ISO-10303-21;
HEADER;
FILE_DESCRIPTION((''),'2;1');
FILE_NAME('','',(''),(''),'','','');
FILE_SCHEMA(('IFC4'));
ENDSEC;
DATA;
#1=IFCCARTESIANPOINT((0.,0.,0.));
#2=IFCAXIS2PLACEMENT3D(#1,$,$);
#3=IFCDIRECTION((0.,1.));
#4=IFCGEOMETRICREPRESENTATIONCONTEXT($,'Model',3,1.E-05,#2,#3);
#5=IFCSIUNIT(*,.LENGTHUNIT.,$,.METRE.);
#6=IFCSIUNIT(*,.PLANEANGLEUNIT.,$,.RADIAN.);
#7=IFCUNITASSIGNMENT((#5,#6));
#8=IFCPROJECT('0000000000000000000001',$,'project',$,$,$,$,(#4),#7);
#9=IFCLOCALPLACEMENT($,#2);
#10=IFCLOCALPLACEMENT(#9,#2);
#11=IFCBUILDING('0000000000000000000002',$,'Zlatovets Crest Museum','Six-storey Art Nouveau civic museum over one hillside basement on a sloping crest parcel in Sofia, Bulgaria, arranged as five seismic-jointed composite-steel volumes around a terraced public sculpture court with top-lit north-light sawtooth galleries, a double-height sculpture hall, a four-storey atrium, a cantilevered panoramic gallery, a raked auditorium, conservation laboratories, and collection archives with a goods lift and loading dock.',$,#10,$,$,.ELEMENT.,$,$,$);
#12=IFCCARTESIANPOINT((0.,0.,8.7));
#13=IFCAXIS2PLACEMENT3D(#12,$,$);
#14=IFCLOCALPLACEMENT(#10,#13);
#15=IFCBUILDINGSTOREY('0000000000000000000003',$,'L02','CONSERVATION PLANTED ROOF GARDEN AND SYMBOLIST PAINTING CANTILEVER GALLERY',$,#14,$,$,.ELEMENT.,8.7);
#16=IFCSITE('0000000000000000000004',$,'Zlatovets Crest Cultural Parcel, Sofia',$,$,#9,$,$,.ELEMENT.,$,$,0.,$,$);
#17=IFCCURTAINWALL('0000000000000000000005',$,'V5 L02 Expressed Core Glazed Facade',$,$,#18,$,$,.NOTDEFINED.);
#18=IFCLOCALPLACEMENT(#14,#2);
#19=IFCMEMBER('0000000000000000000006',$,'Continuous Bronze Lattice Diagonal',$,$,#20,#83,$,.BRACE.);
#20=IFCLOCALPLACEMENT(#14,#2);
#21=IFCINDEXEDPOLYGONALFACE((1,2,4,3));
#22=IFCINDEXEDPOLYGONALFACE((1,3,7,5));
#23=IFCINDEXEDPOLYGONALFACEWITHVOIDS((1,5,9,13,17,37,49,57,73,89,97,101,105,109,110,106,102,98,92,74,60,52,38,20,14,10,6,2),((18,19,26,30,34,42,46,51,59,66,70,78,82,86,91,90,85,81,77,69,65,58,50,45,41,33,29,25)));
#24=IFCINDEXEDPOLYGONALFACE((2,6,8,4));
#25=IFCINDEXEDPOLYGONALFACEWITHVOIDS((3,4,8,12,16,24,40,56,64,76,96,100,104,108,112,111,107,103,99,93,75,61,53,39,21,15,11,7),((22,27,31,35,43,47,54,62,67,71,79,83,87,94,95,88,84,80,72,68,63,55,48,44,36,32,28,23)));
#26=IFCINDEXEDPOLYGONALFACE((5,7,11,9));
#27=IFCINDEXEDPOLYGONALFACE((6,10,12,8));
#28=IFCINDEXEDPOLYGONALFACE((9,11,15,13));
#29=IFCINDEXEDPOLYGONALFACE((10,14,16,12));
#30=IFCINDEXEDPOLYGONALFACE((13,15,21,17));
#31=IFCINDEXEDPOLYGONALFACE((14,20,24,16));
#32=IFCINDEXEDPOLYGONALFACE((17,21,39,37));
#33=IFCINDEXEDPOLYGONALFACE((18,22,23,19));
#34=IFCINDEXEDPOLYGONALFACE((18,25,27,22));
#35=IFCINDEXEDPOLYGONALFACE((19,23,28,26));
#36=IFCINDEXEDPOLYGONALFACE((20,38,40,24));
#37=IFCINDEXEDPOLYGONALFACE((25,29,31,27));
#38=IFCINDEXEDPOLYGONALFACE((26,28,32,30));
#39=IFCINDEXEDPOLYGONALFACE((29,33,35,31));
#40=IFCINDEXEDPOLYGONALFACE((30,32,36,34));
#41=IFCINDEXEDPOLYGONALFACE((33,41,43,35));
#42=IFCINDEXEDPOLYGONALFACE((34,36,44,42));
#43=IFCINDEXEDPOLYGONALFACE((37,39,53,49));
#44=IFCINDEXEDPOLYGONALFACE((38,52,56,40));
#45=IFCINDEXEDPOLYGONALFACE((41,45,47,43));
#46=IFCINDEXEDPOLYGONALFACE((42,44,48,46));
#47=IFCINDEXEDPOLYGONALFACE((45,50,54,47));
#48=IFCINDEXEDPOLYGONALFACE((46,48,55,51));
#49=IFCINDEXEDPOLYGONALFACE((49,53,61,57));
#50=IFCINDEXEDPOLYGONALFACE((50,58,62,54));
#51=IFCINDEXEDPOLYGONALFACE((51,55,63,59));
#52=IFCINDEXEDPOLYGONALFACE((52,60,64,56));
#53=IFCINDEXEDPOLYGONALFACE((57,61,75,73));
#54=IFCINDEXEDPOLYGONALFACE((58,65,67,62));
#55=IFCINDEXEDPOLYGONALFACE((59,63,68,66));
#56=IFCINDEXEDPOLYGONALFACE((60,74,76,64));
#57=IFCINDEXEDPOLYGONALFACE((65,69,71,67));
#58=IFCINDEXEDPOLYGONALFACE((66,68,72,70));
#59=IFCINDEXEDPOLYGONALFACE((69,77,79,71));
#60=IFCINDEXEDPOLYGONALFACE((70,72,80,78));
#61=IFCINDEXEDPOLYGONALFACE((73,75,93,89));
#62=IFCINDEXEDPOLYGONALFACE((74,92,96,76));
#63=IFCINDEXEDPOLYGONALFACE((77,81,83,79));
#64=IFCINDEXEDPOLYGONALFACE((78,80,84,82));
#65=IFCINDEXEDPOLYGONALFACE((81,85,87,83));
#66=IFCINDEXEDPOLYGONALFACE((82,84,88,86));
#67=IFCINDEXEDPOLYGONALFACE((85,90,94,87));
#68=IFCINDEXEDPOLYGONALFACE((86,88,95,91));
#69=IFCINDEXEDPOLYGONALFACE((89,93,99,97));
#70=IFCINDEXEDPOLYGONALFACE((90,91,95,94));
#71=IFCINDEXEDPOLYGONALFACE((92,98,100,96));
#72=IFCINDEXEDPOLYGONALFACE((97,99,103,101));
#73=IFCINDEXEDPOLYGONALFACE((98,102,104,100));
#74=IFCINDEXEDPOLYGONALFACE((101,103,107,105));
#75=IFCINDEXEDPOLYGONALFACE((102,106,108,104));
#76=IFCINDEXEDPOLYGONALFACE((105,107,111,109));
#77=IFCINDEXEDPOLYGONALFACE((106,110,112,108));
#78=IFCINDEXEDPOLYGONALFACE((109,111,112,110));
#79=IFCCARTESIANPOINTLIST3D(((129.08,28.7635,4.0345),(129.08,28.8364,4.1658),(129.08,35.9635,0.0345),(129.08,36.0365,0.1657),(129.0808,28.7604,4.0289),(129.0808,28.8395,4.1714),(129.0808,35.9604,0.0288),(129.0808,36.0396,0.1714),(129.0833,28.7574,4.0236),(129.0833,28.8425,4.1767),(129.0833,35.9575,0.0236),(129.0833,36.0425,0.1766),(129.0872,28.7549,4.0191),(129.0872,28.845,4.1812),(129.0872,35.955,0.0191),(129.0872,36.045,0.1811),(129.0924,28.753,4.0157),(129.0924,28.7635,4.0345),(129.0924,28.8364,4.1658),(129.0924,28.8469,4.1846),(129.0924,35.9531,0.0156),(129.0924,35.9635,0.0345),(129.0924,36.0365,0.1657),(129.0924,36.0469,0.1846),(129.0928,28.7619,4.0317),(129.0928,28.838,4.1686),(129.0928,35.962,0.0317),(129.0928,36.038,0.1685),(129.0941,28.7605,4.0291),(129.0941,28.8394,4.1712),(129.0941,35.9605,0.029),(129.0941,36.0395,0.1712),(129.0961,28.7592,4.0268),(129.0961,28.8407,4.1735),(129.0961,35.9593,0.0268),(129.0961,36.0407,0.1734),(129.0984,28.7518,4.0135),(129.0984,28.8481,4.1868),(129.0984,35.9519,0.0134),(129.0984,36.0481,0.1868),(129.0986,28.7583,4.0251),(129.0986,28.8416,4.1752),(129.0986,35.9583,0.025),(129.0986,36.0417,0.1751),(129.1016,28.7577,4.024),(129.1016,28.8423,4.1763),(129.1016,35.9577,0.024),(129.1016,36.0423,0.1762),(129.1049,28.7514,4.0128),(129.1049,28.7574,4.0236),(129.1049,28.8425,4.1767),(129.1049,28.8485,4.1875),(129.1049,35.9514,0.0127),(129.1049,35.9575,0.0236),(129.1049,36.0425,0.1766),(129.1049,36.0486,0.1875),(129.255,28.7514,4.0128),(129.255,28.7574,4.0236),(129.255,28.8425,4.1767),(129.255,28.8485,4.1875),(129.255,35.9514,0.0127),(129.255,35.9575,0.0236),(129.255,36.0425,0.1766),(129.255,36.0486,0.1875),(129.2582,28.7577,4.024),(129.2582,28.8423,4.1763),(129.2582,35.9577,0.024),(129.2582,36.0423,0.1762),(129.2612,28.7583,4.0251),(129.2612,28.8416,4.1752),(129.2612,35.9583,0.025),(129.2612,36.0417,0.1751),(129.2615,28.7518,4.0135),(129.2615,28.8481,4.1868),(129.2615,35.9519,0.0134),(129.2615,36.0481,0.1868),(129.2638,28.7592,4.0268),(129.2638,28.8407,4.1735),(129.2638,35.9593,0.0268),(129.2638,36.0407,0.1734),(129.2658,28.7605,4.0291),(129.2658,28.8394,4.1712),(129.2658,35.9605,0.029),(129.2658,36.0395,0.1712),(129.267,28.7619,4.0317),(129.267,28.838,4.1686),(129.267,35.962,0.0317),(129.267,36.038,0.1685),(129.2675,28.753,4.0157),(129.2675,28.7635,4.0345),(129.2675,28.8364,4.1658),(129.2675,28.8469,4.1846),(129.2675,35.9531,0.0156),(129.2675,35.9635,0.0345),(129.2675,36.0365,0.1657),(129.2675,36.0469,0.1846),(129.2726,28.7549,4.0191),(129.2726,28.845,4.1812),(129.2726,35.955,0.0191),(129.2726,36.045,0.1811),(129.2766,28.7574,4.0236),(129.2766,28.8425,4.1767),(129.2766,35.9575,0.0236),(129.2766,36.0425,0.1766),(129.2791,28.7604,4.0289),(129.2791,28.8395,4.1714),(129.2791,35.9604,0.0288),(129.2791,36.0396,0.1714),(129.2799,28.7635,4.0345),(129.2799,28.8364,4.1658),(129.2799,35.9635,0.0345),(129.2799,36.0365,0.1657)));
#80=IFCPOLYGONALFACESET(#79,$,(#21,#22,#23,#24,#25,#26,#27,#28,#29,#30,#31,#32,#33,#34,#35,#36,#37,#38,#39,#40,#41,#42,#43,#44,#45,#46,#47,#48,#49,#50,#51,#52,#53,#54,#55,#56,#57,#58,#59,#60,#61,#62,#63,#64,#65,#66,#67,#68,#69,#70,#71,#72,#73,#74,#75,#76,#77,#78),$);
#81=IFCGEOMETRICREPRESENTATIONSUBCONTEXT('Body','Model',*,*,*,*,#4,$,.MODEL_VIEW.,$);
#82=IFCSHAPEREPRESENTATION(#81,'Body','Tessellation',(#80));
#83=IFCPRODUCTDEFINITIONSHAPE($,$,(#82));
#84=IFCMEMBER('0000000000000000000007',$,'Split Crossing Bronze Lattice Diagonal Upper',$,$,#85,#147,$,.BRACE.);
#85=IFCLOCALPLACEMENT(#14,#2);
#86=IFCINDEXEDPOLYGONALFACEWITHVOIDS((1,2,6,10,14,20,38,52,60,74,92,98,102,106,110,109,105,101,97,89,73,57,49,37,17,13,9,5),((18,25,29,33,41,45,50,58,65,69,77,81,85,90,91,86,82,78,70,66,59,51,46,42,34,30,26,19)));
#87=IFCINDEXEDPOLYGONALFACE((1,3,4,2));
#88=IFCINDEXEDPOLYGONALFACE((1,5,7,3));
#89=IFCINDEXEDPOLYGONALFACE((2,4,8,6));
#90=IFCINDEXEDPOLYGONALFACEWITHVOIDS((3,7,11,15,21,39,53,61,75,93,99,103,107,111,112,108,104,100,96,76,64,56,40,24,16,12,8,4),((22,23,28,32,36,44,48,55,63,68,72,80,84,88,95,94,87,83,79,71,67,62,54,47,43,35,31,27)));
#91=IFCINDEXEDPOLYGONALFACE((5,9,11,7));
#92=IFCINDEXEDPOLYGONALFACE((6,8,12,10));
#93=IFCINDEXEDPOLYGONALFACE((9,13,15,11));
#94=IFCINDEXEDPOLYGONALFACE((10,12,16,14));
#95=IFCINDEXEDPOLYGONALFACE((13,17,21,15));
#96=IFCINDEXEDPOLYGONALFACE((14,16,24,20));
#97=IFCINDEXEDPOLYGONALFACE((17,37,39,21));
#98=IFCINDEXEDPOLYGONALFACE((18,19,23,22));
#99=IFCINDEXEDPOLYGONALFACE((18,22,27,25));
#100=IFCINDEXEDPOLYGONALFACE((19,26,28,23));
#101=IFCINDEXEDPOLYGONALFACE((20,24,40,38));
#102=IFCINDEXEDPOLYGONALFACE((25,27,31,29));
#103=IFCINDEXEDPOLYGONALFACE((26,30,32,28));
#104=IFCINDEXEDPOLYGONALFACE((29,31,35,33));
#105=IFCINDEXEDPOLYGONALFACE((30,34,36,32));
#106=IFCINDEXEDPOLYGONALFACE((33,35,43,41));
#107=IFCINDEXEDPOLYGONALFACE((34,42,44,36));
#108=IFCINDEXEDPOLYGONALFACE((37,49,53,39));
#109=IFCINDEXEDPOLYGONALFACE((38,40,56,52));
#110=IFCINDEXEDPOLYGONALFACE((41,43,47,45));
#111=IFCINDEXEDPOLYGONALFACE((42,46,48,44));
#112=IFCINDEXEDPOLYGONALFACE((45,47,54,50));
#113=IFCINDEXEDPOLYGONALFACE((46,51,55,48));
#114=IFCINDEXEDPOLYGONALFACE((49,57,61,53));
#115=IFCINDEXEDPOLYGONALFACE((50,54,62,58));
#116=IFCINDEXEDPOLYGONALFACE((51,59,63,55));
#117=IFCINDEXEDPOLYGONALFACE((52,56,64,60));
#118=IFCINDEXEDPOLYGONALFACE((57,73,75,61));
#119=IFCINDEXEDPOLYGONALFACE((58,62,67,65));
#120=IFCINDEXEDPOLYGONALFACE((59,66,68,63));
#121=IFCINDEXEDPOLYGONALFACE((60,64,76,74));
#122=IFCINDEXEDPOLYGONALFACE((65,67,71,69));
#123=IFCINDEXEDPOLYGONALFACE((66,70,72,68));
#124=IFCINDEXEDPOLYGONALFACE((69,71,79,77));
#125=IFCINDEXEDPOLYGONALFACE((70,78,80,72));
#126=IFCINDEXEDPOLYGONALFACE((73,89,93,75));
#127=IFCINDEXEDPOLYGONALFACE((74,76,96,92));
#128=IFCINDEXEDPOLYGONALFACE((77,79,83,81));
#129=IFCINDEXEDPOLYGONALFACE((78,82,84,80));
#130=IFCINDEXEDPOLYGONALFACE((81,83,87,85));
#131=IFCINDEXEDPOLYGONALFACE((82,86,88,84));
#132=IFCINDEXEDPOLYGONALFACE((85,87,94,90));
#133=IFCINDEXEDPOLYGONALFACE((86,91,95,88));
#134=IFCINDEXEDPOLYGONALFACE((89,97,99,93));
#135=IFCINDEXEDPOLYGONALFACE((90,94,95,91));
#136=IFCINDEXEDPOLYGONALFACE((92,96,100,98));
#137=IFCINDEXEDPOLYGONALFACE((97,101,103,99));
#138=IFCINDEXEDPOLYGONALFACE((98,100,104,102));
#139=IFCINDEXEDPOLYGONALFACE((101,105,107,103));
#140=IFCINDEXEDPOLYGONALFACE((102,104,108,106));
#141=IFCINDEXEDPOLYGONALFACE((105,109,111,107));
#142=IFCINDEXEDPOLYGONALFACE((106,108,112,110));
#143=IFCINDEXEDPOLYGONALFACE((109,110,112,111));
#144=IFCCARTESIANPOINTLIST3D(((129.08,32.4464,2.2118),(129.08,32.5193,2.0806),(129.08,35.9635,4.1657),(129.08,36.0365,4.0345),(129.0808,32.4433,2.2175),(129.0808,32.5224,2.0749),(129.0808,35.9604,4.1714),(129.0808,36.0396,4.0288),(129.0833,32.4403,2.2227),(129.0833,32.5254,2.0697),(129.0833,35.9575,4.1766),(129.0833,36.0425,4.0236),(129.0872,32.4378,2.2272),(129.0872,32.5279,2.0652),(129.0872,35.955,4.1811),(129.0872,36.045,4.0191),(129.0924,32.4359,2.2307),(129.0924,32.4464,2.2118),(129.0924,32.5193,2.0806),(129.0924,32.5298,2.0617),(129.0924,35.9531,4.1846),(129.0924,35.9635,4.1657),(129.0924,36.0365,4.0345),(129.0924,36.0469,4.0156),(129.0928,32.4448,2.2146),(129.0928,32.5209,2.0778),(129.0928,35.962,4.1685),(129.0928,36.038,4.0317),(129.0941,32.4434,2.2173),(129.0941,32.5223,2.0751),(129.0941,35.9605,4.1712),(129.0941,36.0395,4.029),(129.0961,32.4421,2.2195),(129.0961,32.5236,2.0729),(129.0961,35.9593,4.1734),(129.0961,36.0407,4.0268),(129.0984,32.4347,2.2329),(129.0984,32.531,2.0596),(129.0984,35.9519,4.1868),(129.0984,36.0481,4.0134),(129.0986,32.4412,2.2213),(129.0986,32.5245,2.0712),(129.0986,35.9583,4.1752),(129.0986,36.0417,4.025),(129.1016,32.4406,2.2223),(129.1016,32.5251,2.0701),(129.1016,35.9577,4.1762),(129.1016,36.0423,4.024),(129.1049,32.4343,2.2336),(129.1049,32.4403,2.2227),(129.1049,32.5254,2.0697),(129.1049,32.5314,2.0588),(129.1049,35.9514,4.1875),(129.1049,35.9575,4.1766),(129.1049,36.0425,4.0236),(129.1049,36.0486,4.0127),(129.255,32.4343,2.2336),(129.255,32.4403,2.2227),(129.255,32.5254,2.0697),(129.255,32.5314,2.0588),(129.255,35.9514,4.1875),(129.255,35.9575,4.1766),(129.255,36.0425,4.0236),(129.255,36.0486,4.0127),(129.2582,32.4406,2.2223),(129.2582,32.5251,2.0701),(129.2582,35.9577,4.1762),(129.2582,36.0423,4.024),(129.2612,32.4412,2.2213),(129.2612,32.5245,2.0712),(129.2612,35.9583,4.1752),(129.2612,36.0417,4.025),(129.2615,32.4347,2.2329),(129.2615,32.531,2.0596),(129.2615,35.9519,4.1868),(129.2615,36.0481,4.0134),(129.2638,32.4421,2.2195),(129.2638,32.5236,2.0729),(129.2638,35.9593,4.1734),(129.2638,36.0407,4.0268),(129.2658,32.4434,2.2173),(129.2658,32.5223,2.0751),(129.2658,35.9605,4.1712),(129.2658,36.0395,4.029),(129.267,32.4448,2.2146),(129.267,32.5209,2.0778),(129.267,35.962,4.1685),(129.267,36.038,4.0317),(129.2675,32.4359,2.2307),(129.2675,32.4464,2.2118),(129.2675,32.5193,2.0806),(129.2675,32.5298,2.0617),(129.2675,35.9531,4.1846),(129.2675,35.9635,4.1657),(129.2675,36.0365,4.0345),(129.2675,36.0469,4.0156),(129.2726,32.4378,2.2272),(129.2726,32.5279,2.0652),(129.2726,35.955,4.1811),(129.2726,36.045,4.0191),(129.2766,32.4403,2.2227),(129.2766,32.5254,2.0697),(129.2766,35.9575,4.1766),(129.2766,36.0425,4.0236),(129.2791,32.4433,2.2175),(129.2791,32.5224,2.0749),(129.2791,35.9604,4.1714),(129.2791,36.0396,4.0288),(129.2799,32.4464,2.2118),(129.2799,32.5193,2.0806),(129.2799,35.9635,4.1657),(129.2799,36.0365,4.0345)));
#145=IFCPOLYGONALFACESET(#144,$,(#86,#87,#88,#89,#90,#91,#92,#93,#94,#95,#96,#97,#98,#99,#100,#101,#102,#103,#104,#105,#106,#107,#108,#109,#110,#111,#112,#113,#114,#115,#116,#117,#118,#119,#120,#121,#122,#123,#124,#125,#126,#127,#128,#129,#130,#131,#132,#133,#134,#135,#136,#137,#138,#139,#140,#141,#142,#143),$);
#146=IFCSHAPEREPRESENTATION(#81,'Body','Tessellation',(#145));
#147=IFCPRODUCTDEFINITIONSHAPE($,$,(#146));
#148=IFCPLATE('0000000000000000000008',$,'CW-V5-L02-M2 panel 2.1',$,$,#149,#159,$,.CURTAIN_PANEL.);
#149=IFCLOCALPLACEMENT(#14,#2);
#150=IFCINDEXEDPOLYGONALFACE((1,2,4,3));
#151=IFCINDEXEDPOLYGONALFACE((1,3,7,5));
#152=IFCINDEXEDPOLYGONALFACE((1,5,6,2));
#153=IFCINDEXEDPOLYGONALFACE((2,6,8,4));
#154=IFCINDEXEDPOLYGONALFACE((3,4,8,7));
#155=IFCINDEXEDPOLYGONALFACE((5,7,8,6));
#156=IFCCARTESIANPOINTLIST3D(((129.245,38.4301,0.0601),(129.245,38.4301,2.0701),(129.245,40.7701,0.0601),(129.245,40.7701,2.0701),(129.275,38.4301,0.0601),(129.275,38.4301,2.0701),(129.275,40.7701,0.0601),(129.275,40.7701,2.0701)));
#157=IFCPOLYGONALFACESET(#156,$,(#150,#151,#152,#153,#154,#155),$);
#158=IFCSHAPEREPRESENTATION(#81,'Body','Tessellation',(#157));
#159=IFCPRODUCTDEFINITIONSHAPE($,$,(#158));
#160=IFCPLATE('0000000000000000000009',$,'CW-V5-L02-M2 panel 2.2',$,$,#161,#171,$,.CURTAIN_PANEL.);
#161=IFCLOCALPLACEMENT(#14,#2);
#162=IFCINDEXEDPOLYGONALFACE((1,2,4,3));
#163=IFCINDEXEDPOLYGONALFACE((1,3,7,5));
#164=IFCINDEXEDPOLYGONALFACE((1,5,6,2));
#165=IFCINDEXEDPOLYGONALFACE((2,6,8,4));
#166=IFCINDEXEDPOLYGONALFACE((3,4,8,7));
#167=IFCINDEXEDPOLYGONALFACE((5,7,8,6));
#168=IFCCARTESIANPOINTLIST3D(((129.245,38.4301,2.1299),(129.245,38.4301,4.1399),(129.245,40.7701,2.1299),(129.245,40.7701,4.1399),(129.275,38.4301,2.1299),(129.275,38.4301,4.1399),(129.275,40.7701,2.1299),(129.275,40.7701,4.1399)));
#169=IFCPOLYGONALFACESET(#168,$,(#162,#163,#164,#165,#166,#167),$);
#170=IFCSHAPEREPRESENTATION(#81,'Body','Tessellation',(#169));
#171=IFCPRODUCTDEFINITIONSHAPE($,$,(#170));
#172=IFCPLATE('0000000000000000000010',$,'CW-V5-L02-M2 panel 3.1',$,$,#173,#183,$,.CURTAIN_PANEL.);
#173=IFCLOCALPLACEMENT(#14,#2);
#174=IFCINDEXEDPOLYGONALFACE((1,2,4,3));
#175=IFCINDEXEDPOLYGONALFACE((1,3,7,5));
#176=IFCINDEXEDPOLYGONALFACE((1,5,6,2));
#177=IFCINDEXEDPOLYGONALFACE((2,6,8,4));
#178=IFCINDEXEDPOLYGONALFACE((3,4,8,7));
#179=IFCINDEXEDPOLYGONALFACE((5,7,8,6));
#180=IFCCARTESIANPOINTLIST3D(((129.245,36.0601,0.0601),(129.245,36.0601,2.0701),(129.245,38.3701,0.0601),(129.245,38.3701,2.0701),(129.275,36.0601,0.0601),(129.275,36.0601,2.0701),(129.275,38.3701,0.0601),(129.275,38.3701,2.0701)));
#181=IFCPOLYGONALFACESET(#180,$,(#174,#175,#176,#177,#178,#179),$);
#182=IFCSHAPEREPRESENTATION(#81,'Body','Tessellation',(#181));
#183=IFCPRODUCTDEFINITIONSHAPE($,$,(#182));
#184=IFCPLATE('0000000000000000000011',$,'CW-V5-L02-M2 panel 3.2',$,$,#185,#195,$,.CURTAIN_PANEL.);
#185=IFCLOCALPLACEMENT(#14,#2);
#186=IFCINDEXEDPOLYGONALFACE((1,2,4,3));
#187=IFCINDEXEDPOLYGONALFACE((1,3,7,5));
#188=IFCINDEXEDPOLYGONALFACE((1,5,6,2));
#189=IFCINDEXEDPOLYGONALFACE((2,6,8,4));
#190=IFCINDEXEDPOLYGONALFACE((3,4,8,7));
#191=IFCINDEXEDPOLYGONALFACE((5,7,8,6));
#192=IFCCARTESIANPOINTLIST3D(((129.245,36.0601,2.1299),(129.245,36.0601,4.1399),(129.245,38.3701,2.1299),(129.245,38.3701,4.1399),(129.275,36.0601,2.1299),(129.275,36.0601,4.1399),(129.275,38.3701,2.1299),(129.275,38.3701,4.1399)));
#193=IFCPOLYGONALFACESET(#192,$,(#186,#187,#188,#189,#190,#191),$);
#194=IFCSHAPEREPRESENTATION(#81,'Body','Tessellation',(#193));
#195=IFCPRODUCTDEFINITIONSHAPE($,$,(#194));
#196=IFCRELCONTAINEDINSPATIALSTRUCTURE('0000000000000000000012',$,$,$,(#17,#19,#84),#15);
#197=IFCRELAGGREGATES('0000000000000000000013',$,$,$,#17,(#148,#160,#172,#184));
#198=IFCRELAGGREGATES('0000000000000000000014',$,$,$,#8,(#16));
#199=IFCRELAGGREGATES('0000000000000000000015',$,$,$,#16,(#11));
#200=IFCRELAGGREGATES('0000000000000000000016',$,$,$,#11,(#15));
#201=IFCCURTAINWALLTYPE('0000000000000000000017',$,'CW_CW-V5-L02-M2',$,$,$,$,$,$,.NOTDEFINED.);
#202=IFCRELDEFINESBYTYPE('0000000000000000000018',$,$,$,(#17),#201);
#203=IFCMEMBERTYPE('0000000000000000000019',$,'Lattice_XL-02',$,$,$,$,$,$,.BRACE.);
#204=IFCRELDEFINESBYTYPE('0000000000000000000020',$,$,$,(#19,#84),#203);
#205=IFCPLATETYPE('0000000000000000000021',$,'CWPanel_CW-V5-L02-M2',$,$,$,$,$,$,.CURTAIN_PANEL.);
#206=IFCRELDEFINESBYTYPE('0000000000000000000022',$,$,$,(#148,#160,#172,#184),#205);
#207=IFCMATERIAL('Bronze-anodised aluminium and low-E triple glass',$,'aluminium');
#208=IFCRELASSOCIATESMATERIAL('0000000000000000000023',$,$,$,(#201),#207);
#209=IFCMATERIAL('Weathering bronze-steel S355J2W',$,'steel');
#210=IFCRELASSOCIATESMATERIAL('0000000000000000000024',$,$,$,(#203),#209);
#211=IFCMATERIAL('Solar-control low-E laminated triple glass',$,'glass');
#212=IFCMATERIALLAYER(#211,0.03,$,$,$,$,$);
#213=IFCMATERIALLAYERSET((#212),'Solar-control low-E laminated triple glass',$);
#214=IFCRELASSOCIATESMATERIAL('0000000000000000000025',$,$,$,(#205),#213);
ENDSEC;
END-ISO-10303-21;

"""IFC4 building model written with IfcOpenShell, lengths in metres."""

from ifc_helpers import new_model, si_unit, direction, frame, origin, origin_2d, place, context, subcontext, project, spatial, rectangle, hollow_rectangle, extrude, material, layer, layer_set, material_profile, profile_set, type_object, element, aggregate, save


model = new_model("IFC4")

# Units and contexts
model_context = context("Model", 3, precision=1e-05, world=origin(), true_north=direction((0.0, 1.0)))
body_context = subcontext(model_context, "Body", "Model", "MODEL_VIEW")
ifc_project = project(units=[si_unit("LENGTHUNIT", "METRE"), si_unit("PLANEANGLEUNIT", "RADIAN")], contexts=[model_context])

# Site, building, storey
site_placement = place(None, origin())
site = spatial("IfcSite", under=ifc_project, at=site_placement, Name="Zlatovets Crest Cultural Parcel, Sofia", CompositionType="ELEMENT", RefElevation=0.0)
building_placement = place(site_placement, origin())
building = spatial("IfcBuilding", under=site, at=building_placement, Name="Zlatovets Crest Museum", Description="Six-storey Art Nouveau civic museum over one hillside basement on a sloping crest parcel in Sofia, Bulgaria, arranged as five seismic-jointed composite-steel volumes around a terraced public sculpture court with top-lit north-light sawtooth galleries, a double-height sculpture hall, a four-storey atrium, a cantilevered panoramic gallery, a raked auditorium, conservation laboratories, and collection archives with a goods lift and loading dock.", CompositionType="ELEMENT")
storey_placement = place(building_placement, frame((0.0, 0.0, 8.7)))
storey = spatial("IfcBuildingStorey", under=building, at=storey_placement, Name="L02", Description="CONSERVATION PLANTED ROOF GARDEN AND SYMBOLIST PAINTING CANTILEVER GALLERY", CompositionType="ELEMENT", Elevation=8.7)

# Curtain wall
ifc_material_1 = material(Name="Bronze-anodised aluminium and low-E triple glass", Category="aluminium")
curtain_wall_type = type_object("IfcCurtainWallType", Name="CW_CW-V5-L02-M2", PredefinedType="NOTDEFINED", material=ifc_material_1)
curtain_wall_placement = place(storey_placement, origin())
curtain_wall = element("IfcCurtainWall", 1, at=curtain_wall_placement, inside=storey, type_object=curtain_wall_type, Name="V5 L02 Expressed Core Glazed Facade", PredefinedType="NOTDEFINED")

# Members
ifc_material_2 = material(Name="Weathering bronze-steel S355J2W", Category="steel")
ifc_material_profile_1 = material_profile(ifc_material_2, hollow_rectangle(XDim=0.2, YDim=0.2, WallThickness=0.0125, InnerFilletRadius=0.0125, OuterFilletRadius=0.0249, at=origin_2d()), Name="SHS 200x200x12.5")
ifc_profile_set_1 = profile_set([ifc_material_profile_1], Name="Weathering bronze-steel S355J2W")
member_type_1 = type_object("IfcMemberType", Name="Lattice_XL-02", PredefinedType="BRACE", material=ifc_profile_set_1)
member_1_placement = place(storey_placement, frame((129.1799, 36.0, 0.1001), z_axis=(0.0, -0.874156, 0.485645), x_axis=(1.0, 0.0, 0.0)))
element("IfcMember", 2, at=member_1_placement, inside=storey, type_object=member_type_1, Name="Continuous Bronze Lattice Diagonal", PredefinedType="BRACE", context=body_context, shape_type="SweptSolid", body=[
    extrude(hollow_rectangle(XDim=0.2, YDim=0.2, WallThickness=0.0125, InnerFilletRadius=0.0125, OuterFilletRadius=0.0249, at=origin_2d()), origin(), (0.0, 0.0, 1.0), 8.2366),
])
member_2_placement = place(storey_placement, frame((129.1799, 36.0, 4.1001), z_axis=(0.0, -0.874166, -0.485627), x_axis=(1.0, 0.0, 0.0)))
element("IfcMember", 3, at=member_2_placement, inside=storey, type_object=member_type_1, Name="Split Crossing Bronze Lattice Diagonal Upper", PredefinedType="BRACE", context=body_context, shape_type="SweptSolid", body=[
    extrude(hollow_rectangle(XDim=0.2, YDim=0.2, WallThickness=0.0125, InnerFilletRadius=0.0125, OuterFilletRadius=0.0249, at=origin_2d()), origin(), (0.0, 0.0, 1.0), 4.0234),
])

# Plates
ifc_material_3 = material(Name="Solar-control low-E laminated triple glass", Category="glass")
ifc_layer_1 = layer(ifc_material_3, 0.03)
ifc_layer_set_1 = layer_set([ifc_layer_1], Name="Solar-control low-E laminated triple glass")
plate_type_1 = type_object("IfcPlateType", Name="CWPanel_CW-V5-L02-M2", PredefinedType="CURTAIN_PANEL", material=ifc_layer_set_1)
plate_1_placement = place(storey_placement, frame((129.26, 39.6001, 0.0601), z_axis=(0.0, 0.0, 1.0), x_axis=(0.0, -1.0, 0.0)))
plate_1 = element("IfcPlate", 4, at=plate_1_placement, type_object=plate_type_1, Name="CW-V5-L02-M2 panel 2.1", PredefinedType="CURTAIN_PANEL", context=body_context, shape_type="SweptSolid", body=[
    extrude(rectangle(XDim=2.3401, YDim=0.03, at=origin_2d()), origin(), (0.0, 0.0, 1.0), 2.01),
])
plate_2_placement = place(storey_placement, frame((129.26, 39.6001, 2.1299), z_axis=(0.0, 0.0, 1.0), x_axis=(0.0, -1.0, 0.0)))
plate_2 = element("IfcPlate", 5, at=plate_2_placement, type_object=plate_type_1, Name="CW-V5-L02-M2 panel 2.2", PredefinedType="CURTAIN_PANEL", context=body_context, shape_type="SweptSolid", body=[
    extrude(rectangle(XDim=2.3401, YDim=0.03, at=origin_2d()), origin(), (0.0, 0.0, 1.0), 2.01),
])
plate_3_placement = place(storey_placement, frame((129.26, 37.2151, 0.0601), z_axis=(0.0, 0.0, 1.0), x_axis=(0.0, -1.0, 0.0)))
plate_3 = element("IfcPlate", 6, at=plate_3_placement, type_object=plate_type_1, Name="CW-V5-L02-M2 panel 3.1", PredefinedType="CURTAIN_PANEL", context=body_context, shape_type="SweptSolid", body=[
    extrude(rectangle(XDim=2.3101, YDim=0.03, at=origin_2d()), origin(), (0.0, 0.0, 1.0), 2.01),
])
plate_4_placement = place(storey_placement, frame((129.26, 37.2151, 2.1299), z_axis=(0.0, 0.0, 1.0), x_axis=(0.0, -1.0, 0.0)))
plate_4 = element("IfcPlate", 7, at=plate_4_placement, type_object=plate_type_1, Name="CW-V5-L02-M2 panel 3.2", PredefinedType="CURTAIN_PANEL", context=body_context, shape_type="SweptSolid", body=[
    extrude(rectangle(XDim=2.3101, YDim=0.03, at=origin_2d()), origin(), (0.0, 0.0, 1.0), 2.01),
])
aggregate(curtain_wall, [plate_1, plate_2, plate_3, plate_4])

save(model, "model.ifc")
